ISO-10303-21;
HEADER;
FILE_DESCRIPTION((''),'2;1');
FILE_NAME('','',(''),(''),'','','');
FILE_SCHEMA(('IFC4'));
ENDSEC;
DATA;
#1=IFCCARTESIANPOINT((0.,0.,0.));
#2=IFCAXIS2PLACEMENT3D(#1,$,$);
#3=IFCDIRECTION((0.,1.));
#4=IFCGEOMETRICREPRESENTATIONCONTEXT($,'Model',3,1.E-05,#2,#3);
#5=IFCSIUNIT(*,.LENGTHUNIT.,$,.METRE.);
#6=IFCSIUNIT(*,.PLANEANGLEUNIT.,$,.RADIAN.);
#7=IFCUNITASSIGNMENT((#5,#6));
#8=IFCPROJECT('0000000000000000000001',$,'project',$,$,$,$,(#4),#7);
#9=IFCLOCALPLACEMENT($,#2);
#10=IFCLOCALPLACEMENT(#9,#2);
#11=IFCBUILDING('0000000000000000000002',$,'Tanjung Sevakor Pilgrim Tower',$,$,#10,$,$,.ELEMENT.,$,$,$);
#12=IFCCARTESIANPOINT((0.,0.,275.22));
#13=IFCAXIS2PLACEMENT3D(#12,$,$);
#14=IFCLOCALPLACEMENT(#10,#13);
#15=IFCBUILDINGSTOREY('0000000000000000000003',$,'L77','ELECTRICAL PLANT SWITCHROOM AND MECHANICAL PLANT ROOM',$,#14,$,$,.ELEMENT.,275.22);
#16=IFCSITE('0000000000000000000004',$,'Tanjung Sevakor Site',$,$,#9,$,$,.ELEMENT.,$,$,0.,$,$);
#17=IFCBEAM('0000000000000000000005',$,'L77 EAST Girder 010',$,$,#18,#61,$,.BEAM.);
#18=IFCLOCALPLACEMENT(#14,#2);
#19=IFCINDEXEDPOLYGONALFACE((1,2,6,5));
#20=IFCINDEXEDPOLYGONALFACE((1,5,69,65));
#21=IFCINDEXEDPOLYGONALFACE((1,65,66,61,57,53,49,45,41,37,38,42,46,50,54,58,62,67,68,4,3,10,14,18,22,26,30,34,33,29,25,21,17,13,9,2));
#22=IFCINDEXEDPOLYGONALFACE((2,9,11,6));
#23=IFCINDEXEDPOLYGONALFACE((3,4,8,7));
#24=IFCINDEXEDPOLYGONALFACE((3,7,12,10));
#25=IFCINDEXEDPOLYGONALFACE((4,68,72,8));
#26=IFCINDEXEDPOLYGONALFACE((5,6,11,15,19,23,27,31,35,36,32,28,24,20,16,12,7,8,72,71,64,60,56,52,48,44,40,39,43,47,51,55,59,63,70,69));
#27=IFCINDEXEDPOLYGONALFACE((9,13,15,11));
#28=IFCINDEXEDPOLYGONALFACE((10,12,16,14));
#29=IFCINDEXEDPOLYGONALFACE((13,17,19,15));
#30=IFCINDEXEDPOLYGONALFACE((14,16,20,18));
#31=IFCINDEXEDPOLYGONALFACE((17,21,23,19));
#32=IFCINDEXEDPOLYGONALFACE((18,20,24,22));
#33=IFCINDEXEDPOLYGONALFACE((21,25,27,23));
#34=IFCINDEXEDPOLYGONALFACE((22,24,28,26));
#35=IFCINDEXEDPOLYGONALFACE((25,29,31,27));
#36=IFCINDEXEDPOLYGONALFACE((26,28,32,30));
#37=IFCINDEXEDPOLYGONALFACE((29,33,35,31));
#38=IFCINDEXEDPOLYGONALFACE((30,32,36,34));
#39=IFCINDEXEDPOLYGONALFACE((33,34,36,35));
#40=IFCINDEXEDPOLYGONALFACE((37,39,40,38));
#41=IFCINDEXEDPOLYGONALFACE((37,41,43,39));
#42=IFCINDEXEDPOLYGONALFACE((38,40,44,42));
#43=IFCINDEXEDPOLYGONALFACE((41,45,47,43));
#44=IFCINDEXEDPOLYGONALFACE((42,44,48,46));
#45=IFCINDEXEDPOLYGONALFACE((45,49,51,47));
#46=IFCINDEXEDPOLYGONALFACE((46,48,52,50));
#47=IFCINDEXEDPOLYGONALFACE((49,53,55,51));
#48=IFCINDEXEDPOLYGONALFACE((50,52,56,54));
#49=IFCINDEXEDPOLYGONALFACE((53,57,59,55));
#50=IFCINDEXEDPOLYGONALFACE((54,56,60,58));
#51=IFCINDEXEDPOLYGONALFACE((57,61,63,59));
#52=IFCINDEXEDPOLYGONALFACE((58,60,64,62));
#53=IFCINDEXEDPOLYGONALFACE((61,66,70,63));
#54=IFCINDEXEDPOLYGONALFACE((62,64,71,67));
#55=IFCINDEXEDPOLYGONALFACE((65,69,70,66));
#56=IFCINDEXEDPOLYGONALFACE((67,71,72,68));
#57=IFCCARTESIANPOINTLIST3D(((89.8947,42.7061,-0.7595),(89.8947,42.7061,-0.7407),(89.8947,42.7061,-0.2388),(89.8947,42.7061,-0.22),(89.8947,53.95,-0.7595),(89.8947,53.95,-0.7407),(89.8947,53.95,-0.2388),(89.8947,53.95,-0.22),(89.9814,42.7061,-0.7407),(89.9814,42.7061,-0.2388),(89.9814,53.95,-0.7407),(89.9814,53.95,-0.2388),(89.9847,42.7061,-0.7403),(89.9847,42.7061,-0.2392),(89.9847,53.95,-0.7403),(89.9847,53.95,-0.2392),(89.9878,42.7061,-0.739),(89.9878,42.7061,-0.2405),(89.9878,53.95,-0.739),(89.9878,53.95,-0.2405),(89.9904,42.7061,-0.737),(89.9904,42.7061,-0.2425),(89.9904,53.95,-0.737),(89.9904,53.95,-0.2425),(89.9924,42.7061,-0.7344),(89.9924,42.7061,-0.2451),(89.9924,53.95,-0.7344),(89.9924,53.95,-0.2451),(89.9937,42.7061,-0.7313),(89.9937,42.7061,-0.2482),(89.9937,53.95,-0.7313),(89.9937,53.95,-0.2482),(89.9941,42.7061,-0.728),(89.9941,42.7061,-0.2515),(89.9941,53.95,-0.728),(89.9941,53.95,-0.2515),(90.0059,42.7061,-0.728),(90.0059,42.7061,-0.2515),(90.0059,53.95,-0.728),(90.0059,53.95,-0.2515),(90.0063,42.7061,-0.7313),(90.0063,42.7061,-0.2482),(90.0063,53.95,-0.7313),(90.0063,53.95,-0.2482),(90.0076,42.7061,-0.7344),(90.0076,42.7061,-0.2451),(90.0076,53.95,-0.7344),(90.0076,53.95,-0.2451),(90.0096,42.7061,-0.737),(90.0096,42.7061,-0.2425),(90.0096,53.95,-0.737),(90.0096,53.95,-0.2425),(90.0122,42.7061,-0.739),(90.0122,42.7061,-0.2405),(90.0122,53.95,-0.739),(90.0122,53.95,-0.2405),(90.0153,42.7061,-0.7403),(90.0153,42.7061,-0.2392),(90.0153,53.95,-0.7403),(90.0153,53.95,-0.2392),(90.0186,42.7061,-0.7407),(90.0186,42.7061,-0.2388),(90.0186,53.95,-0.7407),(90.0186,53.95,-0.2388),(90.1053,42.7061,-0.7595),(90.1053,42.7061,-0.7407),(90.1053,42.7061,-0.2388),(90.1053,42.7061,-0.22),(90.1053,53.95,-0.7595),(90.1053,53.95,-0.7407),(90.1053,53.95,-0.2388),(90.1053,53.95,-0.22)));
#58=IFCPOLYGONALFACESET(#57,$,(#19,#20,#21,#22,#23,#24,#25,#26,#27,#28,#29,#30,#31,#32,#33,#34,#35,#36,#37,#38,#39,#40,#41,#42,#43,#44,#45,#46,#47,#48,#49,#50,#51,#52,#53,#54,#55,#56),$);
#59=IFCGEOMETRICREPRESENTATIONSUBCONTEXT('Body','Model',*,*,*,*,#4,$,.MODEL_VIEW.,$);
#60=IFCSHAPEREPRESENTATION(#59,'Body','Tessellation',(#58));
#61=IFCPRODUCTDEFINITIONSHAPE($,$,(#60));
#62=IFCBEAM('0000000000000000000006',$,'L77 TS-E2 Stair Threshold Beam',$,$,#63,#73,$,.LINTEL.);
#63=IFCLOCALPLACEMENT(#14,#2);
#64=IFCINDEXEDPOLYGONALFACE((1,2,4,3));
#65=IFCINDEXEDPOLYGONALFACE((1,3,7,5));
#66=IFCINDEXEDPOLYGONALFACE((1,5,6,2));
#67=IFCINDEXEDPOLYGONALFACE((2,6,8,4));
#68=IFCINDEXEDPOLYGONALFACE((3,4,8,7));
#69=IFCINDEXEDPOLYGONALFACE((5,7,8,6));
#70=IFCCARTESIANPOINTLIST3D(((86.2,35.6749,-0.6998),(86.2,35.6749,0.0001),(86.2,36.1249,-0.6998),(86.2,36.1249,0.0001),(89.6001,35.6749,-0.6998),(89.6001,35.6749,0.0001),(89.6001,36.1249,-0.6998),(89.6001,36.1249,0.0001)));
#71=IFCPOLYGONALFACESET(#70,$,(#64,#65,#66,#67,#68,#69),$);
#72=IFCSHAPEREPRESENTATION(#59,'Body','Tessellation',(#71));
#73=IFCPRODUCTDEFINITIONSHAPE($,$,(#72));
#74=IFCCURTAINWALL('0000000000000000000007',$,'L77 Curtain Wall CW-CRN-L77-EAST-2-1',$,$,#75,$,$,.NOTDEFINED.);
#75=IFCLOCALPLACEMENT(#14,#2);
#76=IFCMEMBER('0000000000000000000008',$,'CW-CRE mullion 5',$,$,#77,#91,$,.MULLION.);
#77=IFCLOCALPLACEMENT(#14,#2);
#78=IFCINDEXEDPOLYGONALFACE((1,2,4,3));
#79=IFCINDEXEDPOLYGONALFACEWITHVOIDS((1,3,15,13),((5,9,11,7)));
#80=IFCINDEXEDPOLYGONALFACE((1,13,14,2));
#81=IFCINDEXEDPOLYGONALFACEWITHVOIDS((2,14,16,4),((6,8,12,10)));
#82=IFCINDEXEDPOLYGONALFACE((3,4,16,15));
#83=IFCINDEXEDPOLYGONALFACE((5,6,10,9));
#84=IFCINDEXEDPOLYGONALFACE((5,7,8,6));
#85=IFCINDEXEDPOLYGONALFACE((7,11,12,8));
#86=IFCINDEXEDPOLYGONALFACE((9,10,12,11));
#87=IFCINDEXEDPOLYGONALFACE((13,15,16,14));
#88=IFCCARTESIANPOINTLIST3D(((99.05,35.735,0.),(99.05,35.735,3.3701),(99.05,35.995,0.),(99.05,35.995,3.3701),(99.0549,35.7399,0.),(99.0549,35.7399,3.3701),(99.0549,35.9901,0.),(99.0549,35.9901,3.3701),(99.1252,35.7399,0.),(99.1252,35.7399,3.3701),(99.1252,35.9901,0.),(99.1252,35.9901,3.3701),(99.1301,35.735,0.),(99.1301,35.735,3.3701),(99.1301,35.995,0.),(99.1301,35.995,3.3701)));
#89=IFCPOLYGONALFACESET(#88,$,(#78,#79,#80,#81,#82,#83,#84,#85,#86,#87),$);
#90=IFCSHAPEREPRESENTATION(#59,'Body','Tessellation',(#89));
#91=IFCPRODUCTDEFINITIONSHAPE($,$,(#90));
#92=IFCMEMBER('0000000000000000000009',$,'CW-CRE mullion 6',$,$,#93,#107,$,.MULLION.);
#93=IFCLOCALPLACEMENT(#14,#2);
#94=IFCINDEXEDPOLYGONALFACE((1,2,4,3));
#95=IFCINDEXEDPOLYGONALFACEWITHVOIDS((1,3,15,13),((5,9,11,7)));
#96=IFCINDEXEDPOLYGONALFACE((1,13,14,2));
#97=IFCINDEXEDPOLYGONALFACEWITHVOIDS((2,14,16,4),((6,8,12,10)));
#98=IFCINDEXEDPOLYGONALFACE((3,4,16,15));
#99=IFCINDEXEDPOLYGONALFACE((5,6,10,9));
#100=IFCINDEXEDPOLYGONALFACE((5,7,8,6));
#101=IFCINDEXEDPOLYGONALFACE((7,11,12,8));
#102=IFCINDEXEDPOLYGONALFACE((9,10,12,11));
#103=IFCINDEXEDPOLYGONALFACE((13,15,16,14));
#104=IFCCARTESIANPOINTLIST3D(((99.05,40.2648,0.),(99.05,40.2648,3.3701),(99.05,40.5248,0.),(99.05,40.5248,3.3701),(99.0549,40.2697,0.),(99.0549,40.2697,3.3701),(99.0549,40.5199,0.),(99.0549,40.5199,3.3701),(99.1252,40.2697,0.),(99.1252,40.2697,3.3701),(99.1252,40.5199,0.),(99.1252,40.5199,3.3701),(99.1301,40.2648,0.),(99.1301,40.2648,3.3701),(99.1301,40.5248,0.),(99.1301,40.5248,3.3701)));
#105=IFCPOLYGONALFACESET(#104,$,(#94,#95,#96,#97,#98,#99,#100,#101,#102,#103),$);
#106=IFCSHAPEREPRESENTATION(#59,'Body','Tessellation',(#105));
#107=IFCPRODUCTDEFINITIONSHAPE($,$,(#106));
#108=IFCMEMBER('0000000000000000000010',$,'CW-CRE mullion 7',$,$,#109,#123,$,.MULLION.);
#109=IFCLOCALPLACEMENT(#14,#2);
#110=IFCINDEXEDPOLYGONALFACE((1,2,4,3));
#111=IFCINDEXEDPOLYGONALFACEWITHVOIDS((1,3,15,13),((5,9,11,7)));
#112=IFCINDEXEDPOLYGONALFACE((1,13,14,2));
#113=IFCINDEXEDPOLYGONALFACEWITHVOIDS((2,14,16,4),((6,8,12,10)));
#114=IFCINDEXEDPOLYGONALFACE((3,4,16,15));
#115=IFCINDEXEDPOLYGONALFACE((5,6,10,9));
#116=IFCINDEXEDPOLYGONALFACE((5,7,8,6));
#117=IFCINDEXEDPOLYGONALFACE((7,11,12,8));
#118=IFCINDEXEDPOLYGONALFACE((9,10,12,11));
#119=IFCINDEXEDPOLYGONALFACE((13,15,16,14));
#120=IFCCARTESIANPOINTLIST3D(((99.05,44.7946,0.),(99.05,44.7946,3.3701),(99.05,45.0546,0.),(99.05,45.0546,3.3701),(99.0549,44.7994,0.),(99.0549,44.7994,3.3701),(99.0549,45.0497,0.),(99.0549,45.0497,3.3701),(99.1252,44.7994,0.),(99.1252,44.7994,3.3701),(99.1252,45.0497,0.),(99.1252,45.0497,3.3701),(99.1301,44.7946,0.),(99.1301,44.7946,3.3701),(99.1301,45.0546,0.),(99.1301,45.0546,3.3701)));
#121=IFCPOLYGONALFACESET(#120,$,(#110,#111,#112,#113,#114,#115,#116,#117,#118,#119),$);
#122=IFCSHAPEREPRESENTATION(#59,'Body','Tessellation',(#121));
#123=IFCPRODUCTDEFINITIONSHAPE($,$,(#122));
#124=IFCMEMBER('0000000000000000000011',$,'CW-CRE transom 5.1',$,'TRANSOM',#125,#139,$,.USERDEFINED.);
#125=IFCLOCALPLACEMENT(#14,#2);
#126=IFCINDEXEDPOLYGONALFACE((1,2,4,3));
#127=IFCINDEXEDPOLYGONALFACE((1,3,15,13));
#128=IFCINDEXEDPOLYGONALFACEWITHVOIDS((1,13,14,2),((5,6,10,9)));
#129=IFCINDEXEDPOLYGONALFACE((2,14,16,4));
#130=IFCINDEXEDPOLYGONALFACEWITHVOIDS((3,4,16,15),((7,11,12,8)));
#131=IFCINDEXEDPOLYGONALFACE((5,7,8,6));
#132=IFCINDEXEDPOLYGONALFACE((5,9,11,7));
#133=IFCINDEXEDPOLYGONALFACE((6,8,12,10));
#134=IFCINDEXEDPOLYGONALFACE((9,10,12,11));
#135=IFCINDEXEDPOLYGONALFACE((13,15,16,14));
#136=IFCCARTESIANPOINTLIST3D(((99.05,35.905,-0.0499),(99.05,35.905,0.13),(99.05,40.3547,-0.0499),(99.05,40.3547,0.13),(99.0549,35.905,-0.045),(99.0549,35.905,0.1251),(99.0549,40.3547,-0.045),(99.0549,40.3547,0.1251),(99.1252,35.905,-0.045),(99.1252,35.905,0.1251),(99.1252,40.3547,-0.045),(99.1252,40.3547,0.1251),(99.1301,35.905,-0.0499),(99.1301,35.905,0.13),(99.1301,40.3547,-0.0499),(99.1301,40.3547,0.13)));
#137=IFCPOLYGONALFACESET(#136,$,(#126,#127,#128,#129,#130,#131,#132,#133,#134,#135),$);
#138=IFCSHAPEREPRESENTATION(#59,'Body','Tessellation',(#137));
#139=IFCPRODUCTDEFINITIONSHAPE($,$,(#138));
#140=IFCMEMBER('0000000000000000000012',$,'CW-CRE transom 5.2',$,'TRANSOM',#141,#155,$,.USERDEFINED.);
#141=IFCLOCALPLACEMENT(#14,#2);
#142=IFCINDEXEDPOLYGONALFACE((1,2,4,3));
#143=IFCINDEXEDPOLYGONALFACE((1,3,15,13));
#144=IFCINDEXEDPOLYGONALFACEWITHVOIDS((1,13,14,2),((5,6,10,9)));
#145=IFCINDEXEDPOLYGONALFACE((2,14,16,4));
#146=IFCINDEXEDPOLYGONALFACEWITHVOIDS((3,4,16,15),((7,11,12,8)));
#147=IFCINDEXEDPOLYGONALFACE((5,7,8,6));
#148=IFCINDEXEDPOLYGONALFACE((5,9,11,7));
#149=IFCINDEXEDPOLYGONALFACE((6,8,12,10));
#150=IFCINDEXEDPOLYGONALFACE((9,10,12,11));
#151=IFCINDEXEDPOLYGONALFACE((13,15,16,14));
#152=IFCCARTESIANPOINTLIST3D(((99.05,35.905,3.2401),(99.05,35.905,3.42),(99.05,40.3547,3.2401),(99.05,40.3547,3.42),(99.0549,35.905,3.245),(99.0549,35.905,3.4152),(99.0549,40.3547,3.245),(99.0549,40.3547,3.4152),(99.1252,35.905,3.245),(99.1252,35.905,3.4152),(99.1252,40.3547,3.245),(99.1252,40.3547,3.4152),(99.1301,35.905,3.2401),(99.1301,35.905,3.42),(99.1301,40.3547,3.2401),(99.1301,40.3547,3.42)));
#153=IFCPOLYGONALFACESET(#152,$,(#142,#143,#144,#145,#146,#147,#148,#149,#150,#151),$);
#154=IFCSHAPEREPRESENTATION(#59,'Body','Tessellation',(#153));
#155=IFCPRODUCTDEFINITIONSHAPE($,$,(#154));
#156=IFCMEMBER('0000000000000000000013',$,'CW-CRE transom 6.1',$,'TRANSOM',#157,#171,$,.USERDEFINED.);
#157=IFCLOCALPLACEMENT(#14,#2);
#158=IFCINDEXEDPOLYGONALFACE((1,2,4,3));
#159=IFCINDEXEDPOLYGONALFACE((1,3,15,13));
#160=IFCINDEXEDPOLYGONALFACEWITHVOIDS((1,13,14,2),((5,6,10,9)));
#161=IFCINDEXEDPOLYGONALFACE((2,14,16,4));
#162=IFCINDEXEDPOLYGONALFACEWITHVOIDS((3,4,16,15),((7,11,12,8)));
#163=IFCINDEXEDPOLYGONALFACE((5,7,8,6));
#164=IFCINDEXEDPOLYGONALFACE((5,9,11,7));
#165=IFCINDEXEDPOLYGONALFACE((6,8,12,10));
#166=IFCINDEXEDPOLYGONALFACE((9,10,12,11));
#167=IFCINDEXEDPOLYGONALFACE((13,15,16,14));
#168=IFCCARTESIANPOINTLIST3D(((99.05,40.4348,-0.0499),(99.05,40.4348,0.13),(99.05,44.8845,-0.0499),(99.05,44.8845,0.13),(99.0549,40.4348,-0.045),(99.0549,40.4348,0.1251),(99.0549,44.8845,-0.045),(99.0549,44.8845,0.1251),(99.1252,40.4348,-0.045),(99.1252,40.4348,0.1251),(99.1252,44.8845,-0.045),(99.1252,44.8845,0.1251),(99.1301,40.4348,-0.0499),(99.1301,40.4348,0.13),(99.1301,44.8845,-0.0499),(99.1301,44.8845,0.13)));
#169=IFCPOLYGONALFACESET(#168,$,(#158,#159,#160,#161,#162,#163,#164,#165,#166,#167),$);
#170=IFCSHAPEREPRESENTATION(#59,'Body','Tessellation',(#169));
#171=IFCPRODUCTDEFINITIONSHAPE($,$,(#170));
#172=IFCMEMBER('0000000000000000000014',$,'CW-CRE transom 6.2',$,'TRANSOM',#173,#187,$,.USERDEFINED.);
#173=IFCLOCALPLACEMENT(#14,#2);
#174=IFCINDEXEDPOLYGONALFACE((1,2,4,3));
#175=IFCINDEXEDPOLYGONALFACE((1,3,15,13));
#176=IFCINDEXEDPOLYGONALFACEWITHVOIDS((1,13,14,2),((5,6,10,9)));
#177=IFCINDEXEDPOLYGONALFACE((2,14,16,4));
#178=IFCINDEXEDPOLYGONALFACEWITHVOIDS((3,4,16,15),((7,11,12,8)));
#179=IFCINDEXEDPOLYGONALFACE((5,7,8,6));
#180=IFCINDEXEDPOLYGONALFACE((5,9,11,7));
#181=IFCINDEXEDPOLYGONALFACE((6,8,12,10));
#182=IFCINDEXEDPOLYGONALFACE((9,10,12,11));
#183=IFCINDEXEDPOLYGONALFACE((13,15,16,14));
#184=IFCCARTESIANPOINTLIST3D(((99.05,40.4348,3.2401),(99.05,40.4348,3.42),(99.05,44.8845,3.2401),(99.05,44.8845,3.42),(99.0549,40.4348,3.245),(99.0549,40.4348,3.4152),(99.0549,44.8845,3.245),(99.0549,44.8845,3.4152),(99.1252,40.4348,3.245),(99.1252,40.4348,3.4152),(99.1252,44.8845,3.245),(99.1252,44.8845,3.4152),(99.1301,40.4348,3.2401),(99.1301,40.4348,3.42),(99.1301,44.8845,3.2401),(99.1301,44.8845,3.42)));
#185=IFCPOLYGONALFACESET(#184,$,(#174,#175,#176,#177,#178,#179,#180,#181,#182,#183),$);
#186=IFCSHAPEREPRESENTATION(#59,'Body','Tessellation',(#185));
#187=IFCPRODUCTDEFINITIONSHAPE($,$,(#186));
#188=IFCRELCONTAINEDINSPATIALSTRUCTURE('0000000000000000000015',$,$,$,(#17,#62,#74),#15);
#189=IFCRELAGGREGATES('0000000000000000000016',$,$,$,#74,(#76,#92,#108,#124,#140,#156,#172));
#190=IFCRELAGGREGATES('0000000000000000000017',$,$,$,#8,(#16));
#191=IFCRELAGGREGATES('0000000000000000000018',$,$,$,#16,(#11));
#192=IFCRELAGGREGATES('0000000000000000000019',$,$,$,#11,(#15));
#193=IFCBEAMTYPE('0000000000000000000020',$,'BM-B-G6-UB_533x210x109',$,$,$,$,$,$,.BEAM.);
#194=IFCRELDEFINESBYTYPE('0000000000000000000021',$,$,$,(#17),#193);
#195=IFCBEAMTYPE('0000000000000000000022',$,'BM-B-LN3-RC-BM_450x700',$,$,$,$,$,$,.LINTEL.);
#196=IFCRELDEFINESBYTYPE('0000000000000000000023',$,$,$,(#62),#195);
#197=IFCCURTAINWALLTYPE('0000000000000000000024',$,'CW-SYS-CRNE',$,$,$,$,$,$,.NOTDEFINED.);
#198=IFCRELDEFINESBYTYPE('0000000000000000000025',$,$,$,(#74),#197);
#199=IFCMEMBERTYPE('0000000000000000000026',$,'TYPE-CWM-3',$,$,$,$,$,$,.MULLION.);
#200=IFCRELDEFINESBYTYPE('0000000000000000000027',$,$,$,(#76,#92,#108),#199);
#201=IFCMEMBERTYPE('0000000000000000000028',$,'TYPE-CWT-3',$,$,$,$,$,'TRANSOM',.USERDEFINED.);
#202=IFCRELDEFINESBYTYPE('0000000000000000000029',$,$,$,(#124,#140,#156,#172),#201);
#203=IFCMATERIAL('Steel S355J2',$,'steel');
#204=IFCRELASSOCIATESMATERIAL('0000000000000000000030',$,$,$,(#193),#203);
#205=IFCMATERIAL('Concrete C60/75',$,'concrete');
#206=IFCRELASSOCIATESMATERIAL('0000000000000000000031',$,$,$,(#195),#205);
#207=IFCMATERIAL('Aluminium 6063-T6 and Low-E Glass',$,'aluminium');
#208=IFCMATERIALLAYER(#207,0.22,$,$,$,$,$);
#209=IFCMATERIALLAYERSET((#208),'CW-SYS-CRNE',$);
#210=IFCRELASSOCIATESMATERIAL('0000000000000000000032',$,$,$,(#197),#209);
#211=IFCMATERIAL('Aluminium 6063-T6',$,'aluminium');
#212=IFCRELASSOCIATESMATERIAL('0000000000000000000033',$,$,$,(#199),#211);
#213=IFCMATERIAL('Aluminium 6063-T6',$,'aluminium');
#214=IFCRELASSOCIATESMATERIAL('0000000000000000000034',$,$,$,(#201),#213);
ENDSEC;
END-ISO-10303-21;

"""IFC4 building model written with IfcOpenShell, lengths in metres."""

from ifc_helpers import new_model, si_unit, direction, frame, origin, origin_2d, place, context, subcontext, project, spatial, rectangle, hollow_rectangle, i_section, extrude, material, layer, layer_set, material_profile, profile_set, type_object, element, aggregate, save


model = new_model("IFC4")

# Units and contexts
model_context = context("Model", 3, precision=1e-05, world=origin(), true_north=direction((0.0, 1.0)))
body_context = subcontext(model_context, "Body", "Model", "MODEL_VIEW")
ifc_project = project(units=[si_unit("LENGTHUNIT", "METRE"), si_unit("PLANEANGLEUNIT", "RADIAN")], contexts=[model_context])

# Site, building, storey
site_placement = place(None, origin())
site = spatial("IfcSite", under=ifc_project, at=site_placement, Name="Tanjung Sevakor Site", CompositionType="ELEMENT", RefElevation=0.0)
building_placement = place(site_placement, origin())
building = spatial("IfcBuilding", under=site, at=building_placement, Name="Tanjung Sevakor Pilgrim Tower", CompositionType="ELEMENT")
storey_placement = place(building_placement, frame((0.0, 0.0, 275.22)))
storey = spatial("IfcBuildingStorey", under=building, at=storey_placement, Name="L77", Description="ELECTRICAL PLANT SWITCHROOM AND MECHANICAL PLANT ROOM", CompositionType="ELEMENT", Elevation=275.22)

# Beams
ifc_material_1 = material(Name="Steel S355J2", Category="steel")
ifc_material_profile_1 = material_profile(ifc_material_1, i_section(OverallWidth=0.2107, OverallDepth=0.5396, WebThickness=0.0117, FlangeThickness=0.0188, FilletRadius=0.0127, at=origin_2d()))
ifc_profile_set_1 = profile_set([ifc_material_profile_1], Name="Steel S355J2")
beam_type_1 = type_object("IfcBeamType", Name="BM-B-G6-UB_533x210x109", PredefinedType="BEAM", material=ifc_profile_set_1)
beam_1_placement = place(storey_placement, frame((90.0, 42.7061, -0.4897), z_axis=(0.0, 1.0, 0.0), x_axis=(-1.0, 0.0, 0.0)))
element("IfcBeam", 1, at=beam_1_placement, inside=storey, type_object=beam_type_1, Name="L77 EAST Girder 010", PredefinedType="BEAM", context=body_context, shape_type="SweptSolid", body=[
    extrude(i_section(OverallWidth=0.2107, OverallDepth=0.5396, WebThickness=0.0117, FlangeThickness=0.0188, FilletRadius=0.0127, at=origin_2d()), origin(), (0.0, 0.0, 1.0), 11.2439),
])
ifc_material_2 = material(Name="Concrete C60/75", Category="concrete")
ifc_material_profile_2 = material_profile(ifc_material_2, rectangle(XDim=0.45, YDim=0.7, at=origin_2d()))
ifc_profile_set_2 = profile_set([ifc_material_profile_2], Name="Concrete C60/75")
beam_type_2 = type_object("IfcBeamType", Name="BM-B-LN3-RC-BM_450x700", PredefinedType="LINTEL", material=ifc_profile_set_2)
beam_2_placement = place(storey_placement, frame((86.2, 35.8999, -0.3499), z_axis=(1.0, 0.0, 0.0), x_axis=(0.0, 1.0, 0.0)))
element("IfcBeam", 2, at=beam_2_placement, inside=storey, type_object=beam_type_2, Name="L77 TS-E2 Stair Threshold Beam", PredefinedType="LINTEL", context=body_context, shape_type="SweptSolid", body=[
    extrude(rectangle(XDim=0.45, YDim=0.7, at=origin_2d()), origin(), (0.0, 0.0, 1.0), 3.4001),
])

# Curtain wall, members
ifc_material_3 = material(Name="Aluminium 6063-T6 and Low-E Glass", Category="aluminium")
ifc_layer_1 = layer(ifc_material_3, 0.22)
ifc_layer_set_1 = layer_set([ifc_layer_1], Name="CW-SYS-CRNE")
curtain_wall_type = type_object("IfcCurtainWallType", Name="CW-SYS-CRNE", PredefinedType="NOTDEFINED", material=ifc_layer_set_1)
curtain_wall_placement = place(storey_placement, origin())
curtain_wall = element("IfcCurtainWall", 3, at=curtain_wall_placement, inside=storey, type_object=curtain_wall_type, Name="L77 Curtain Wall CW-CRN-L77-EAST-2-1", PredefinedType="NOTDEFINED")
ifc_material_4 = material(Name="Aluminium 6063-T6", Category="aluminium")
ifc_material_profile_3 = material_profile(ifc_material_4, hollow_rectangle(XDim=0.0801, YDim=0.26, WallThickness=0.0049, at=origin_2d()))
ifc_profile_set_3 = profile_set([ifc_material_profile_3], Name="Aluminium 6063-T6")
member_type_1 = type_object("IfcMemberType", Name="TYPE-CWM-3", PredefinedType="MULLION", material=ifc_profile_set_3)
member_1_placement = place(storey_placement, frame((99.0901, 35.865, 0.0), z_axis=(0.0, 0.0, 1.0), x_axis=(-1.0, 0.0, 0.0)))
member_1 = element("IfcMember", 4, at=member_1_placement, type_object=member_type_1, Name="CW-CRE mullion 5", PredefinedType="MULLION", context=body_context, shape_type="SweptSolid", body=[
    extrude(hollow_rectangle(XDim=0.0801, YDim=0.26, WallThickness=0.0049, at=origin_2d()), origin(), (0.0, 0.0, 1.0), 3.3701),
])
member_2_placement = place(storey_placement, frame((99.0901, 40.3948, 0.0), z_axis=(0.0, 0.0, 1.0), x_axis=(-1.0, 0.0, 0.0)))
member_2 = element("IfcMember", 5, at=member_2_placement, type_object=member_type_1, Name="CW-CRE mullion 6", PredefinedType="MULLION", context=body_context, shape_type="SweptSolid", body=[
    extrude(hollow_rectangle(XDim=0.0801, YDim=0.26, WallThickness=0.0049, at=origin_2d()), origin(), (0.0, 0.0, 1.0), 3.3701),
])
member_3_placement = place(storey_placement, frame((99.0901, 44.9246, 0.0), z_axis=(0.0, 0.0, 1.0), x_axis=(-1.0, 0.0, 0.0)))
member_3 = element("IfcMember", 6, at=member_3_placement, type_object=member_type_1, Name="CW-CRE mullion 7", PredefinedType="MULLION", context=body_context, shape_type="SweptSolid", body=[
    extrude(hollow_rectangle(XDim=0.0801, YDim=0.26, WallThickness=0.0049, at=origin_2d()), origin(), (0.0, 0.0, 1.0), 3.3701),
])
ifc_material_5 = material(Name="Aluminium 6063-T6", Category="aluminium")
ifc_material_profile_4 = material_profile(ifc_material_5, hollow_rectangle(XDim=0.0801, YDim=0.1799, WallThickness=0.0049, at=origin_2d()))
ifc_profile_set_4 = profile_set([ifc_material_profile_4], Name="Aluminium 6063-T6")
member_type_2 = type_object("IfcMemberType", Name="TYPE-CWT-3", ElementType="TRANSOM", PredefinedType="USERDEFINED", material=ifc_profile_set_4)
member_4_placement = place(storey_placement, frame((99.0901, 35.905, 0.04), z_axis=(0.0, 1.0, 0.0), x_axis=(-1.0, 0.0, 0.0)))
member_4 = element("IfcMember", 7, at=member_4_placement, type_object=member_type_2, Name="CW-CRE transom 5.1", ObjectType="TRANSOM", PredefinedType="USERDEFINED", context=body_context, shape_type="SweptSolid", body=[
    extrude(hollow_rectangle(XDim=0.0801, YDim=0.1799, WallThickness=0.0049, at=origin_2d()), origin(), (0.0, 0.0, 1.0), 4.4497),
])
member_5_placement = place(storey_placement, frame((99.0901, 35.905, 3.3301), z_axis=(0.0, 1.0, 0.0), x_axis=(-1.0, 0.0, 0.0)))
member_5 = element("IfcMember", 8, at=member_5_placement, type_object=member_type_2, Name="CW-CRE transom 5.2", ObjectType="TRANSOM", PredefinedType="USERDEFINED", context=body_context, shape_type="SweptSolid", body=[
    extrude(hollow_rectangle(XDim=0.0801, YDim=0.1799, WallThickness=0.0049, at=origin_2d()), origin(), (0.0, 0.0, 1.0), 4.4497),
])
member_6_placement = place(storey_placement, frame((99.0901, 40.4348, 0.04), z_axis=(0.0, 1.0, 0.0), x_axis=(-1.0, 0.0, 0.0)))
member_6 = element("IfcMember", 9, at=member_6_placement, type_object=member_type_2, Name="CW-CRE transom 6.1", ObjectType="TRANSOM", PredefinedType="USERDEFINED", context=body_context, shape_type="SweptSolid", body=[
    extrude(hollow_rectangle(XDim=0.0801, YDim=0.1799, WallThickness=0.0049, at=origin_2d()), origin(), (0.0, 0.0, 1.0), 4.4497),
])
member_7_placement = place(storey_placement, frame((99.0901, 40.4348, 3.3301), z_axis=(0.0, 1.0, 0.0), x_axis=(-1.0, 0.0, 0.0)))
member_7 = element("IfcMember", 10, at=member_7_placement, type_object=member_type_2, Name="CW-CRE transom 6.2", ObjectType="TRANSOM", PredefinedType="USERDEFINED", context=body_context, shape_type="SweptSolid", body=[
    extrude(hollow_rectangle(XDim=0.0801, YDim=0.1799, WallThickness=0.0049, at=origin_2d()), origin(), (0.0, 0.0, 1.0), 4.4497),
])
aggregate(curtain_wall, [member_1, member_2, member_3, member_4, member_5, member_6, member_7])

save(model, "model.ifc")
